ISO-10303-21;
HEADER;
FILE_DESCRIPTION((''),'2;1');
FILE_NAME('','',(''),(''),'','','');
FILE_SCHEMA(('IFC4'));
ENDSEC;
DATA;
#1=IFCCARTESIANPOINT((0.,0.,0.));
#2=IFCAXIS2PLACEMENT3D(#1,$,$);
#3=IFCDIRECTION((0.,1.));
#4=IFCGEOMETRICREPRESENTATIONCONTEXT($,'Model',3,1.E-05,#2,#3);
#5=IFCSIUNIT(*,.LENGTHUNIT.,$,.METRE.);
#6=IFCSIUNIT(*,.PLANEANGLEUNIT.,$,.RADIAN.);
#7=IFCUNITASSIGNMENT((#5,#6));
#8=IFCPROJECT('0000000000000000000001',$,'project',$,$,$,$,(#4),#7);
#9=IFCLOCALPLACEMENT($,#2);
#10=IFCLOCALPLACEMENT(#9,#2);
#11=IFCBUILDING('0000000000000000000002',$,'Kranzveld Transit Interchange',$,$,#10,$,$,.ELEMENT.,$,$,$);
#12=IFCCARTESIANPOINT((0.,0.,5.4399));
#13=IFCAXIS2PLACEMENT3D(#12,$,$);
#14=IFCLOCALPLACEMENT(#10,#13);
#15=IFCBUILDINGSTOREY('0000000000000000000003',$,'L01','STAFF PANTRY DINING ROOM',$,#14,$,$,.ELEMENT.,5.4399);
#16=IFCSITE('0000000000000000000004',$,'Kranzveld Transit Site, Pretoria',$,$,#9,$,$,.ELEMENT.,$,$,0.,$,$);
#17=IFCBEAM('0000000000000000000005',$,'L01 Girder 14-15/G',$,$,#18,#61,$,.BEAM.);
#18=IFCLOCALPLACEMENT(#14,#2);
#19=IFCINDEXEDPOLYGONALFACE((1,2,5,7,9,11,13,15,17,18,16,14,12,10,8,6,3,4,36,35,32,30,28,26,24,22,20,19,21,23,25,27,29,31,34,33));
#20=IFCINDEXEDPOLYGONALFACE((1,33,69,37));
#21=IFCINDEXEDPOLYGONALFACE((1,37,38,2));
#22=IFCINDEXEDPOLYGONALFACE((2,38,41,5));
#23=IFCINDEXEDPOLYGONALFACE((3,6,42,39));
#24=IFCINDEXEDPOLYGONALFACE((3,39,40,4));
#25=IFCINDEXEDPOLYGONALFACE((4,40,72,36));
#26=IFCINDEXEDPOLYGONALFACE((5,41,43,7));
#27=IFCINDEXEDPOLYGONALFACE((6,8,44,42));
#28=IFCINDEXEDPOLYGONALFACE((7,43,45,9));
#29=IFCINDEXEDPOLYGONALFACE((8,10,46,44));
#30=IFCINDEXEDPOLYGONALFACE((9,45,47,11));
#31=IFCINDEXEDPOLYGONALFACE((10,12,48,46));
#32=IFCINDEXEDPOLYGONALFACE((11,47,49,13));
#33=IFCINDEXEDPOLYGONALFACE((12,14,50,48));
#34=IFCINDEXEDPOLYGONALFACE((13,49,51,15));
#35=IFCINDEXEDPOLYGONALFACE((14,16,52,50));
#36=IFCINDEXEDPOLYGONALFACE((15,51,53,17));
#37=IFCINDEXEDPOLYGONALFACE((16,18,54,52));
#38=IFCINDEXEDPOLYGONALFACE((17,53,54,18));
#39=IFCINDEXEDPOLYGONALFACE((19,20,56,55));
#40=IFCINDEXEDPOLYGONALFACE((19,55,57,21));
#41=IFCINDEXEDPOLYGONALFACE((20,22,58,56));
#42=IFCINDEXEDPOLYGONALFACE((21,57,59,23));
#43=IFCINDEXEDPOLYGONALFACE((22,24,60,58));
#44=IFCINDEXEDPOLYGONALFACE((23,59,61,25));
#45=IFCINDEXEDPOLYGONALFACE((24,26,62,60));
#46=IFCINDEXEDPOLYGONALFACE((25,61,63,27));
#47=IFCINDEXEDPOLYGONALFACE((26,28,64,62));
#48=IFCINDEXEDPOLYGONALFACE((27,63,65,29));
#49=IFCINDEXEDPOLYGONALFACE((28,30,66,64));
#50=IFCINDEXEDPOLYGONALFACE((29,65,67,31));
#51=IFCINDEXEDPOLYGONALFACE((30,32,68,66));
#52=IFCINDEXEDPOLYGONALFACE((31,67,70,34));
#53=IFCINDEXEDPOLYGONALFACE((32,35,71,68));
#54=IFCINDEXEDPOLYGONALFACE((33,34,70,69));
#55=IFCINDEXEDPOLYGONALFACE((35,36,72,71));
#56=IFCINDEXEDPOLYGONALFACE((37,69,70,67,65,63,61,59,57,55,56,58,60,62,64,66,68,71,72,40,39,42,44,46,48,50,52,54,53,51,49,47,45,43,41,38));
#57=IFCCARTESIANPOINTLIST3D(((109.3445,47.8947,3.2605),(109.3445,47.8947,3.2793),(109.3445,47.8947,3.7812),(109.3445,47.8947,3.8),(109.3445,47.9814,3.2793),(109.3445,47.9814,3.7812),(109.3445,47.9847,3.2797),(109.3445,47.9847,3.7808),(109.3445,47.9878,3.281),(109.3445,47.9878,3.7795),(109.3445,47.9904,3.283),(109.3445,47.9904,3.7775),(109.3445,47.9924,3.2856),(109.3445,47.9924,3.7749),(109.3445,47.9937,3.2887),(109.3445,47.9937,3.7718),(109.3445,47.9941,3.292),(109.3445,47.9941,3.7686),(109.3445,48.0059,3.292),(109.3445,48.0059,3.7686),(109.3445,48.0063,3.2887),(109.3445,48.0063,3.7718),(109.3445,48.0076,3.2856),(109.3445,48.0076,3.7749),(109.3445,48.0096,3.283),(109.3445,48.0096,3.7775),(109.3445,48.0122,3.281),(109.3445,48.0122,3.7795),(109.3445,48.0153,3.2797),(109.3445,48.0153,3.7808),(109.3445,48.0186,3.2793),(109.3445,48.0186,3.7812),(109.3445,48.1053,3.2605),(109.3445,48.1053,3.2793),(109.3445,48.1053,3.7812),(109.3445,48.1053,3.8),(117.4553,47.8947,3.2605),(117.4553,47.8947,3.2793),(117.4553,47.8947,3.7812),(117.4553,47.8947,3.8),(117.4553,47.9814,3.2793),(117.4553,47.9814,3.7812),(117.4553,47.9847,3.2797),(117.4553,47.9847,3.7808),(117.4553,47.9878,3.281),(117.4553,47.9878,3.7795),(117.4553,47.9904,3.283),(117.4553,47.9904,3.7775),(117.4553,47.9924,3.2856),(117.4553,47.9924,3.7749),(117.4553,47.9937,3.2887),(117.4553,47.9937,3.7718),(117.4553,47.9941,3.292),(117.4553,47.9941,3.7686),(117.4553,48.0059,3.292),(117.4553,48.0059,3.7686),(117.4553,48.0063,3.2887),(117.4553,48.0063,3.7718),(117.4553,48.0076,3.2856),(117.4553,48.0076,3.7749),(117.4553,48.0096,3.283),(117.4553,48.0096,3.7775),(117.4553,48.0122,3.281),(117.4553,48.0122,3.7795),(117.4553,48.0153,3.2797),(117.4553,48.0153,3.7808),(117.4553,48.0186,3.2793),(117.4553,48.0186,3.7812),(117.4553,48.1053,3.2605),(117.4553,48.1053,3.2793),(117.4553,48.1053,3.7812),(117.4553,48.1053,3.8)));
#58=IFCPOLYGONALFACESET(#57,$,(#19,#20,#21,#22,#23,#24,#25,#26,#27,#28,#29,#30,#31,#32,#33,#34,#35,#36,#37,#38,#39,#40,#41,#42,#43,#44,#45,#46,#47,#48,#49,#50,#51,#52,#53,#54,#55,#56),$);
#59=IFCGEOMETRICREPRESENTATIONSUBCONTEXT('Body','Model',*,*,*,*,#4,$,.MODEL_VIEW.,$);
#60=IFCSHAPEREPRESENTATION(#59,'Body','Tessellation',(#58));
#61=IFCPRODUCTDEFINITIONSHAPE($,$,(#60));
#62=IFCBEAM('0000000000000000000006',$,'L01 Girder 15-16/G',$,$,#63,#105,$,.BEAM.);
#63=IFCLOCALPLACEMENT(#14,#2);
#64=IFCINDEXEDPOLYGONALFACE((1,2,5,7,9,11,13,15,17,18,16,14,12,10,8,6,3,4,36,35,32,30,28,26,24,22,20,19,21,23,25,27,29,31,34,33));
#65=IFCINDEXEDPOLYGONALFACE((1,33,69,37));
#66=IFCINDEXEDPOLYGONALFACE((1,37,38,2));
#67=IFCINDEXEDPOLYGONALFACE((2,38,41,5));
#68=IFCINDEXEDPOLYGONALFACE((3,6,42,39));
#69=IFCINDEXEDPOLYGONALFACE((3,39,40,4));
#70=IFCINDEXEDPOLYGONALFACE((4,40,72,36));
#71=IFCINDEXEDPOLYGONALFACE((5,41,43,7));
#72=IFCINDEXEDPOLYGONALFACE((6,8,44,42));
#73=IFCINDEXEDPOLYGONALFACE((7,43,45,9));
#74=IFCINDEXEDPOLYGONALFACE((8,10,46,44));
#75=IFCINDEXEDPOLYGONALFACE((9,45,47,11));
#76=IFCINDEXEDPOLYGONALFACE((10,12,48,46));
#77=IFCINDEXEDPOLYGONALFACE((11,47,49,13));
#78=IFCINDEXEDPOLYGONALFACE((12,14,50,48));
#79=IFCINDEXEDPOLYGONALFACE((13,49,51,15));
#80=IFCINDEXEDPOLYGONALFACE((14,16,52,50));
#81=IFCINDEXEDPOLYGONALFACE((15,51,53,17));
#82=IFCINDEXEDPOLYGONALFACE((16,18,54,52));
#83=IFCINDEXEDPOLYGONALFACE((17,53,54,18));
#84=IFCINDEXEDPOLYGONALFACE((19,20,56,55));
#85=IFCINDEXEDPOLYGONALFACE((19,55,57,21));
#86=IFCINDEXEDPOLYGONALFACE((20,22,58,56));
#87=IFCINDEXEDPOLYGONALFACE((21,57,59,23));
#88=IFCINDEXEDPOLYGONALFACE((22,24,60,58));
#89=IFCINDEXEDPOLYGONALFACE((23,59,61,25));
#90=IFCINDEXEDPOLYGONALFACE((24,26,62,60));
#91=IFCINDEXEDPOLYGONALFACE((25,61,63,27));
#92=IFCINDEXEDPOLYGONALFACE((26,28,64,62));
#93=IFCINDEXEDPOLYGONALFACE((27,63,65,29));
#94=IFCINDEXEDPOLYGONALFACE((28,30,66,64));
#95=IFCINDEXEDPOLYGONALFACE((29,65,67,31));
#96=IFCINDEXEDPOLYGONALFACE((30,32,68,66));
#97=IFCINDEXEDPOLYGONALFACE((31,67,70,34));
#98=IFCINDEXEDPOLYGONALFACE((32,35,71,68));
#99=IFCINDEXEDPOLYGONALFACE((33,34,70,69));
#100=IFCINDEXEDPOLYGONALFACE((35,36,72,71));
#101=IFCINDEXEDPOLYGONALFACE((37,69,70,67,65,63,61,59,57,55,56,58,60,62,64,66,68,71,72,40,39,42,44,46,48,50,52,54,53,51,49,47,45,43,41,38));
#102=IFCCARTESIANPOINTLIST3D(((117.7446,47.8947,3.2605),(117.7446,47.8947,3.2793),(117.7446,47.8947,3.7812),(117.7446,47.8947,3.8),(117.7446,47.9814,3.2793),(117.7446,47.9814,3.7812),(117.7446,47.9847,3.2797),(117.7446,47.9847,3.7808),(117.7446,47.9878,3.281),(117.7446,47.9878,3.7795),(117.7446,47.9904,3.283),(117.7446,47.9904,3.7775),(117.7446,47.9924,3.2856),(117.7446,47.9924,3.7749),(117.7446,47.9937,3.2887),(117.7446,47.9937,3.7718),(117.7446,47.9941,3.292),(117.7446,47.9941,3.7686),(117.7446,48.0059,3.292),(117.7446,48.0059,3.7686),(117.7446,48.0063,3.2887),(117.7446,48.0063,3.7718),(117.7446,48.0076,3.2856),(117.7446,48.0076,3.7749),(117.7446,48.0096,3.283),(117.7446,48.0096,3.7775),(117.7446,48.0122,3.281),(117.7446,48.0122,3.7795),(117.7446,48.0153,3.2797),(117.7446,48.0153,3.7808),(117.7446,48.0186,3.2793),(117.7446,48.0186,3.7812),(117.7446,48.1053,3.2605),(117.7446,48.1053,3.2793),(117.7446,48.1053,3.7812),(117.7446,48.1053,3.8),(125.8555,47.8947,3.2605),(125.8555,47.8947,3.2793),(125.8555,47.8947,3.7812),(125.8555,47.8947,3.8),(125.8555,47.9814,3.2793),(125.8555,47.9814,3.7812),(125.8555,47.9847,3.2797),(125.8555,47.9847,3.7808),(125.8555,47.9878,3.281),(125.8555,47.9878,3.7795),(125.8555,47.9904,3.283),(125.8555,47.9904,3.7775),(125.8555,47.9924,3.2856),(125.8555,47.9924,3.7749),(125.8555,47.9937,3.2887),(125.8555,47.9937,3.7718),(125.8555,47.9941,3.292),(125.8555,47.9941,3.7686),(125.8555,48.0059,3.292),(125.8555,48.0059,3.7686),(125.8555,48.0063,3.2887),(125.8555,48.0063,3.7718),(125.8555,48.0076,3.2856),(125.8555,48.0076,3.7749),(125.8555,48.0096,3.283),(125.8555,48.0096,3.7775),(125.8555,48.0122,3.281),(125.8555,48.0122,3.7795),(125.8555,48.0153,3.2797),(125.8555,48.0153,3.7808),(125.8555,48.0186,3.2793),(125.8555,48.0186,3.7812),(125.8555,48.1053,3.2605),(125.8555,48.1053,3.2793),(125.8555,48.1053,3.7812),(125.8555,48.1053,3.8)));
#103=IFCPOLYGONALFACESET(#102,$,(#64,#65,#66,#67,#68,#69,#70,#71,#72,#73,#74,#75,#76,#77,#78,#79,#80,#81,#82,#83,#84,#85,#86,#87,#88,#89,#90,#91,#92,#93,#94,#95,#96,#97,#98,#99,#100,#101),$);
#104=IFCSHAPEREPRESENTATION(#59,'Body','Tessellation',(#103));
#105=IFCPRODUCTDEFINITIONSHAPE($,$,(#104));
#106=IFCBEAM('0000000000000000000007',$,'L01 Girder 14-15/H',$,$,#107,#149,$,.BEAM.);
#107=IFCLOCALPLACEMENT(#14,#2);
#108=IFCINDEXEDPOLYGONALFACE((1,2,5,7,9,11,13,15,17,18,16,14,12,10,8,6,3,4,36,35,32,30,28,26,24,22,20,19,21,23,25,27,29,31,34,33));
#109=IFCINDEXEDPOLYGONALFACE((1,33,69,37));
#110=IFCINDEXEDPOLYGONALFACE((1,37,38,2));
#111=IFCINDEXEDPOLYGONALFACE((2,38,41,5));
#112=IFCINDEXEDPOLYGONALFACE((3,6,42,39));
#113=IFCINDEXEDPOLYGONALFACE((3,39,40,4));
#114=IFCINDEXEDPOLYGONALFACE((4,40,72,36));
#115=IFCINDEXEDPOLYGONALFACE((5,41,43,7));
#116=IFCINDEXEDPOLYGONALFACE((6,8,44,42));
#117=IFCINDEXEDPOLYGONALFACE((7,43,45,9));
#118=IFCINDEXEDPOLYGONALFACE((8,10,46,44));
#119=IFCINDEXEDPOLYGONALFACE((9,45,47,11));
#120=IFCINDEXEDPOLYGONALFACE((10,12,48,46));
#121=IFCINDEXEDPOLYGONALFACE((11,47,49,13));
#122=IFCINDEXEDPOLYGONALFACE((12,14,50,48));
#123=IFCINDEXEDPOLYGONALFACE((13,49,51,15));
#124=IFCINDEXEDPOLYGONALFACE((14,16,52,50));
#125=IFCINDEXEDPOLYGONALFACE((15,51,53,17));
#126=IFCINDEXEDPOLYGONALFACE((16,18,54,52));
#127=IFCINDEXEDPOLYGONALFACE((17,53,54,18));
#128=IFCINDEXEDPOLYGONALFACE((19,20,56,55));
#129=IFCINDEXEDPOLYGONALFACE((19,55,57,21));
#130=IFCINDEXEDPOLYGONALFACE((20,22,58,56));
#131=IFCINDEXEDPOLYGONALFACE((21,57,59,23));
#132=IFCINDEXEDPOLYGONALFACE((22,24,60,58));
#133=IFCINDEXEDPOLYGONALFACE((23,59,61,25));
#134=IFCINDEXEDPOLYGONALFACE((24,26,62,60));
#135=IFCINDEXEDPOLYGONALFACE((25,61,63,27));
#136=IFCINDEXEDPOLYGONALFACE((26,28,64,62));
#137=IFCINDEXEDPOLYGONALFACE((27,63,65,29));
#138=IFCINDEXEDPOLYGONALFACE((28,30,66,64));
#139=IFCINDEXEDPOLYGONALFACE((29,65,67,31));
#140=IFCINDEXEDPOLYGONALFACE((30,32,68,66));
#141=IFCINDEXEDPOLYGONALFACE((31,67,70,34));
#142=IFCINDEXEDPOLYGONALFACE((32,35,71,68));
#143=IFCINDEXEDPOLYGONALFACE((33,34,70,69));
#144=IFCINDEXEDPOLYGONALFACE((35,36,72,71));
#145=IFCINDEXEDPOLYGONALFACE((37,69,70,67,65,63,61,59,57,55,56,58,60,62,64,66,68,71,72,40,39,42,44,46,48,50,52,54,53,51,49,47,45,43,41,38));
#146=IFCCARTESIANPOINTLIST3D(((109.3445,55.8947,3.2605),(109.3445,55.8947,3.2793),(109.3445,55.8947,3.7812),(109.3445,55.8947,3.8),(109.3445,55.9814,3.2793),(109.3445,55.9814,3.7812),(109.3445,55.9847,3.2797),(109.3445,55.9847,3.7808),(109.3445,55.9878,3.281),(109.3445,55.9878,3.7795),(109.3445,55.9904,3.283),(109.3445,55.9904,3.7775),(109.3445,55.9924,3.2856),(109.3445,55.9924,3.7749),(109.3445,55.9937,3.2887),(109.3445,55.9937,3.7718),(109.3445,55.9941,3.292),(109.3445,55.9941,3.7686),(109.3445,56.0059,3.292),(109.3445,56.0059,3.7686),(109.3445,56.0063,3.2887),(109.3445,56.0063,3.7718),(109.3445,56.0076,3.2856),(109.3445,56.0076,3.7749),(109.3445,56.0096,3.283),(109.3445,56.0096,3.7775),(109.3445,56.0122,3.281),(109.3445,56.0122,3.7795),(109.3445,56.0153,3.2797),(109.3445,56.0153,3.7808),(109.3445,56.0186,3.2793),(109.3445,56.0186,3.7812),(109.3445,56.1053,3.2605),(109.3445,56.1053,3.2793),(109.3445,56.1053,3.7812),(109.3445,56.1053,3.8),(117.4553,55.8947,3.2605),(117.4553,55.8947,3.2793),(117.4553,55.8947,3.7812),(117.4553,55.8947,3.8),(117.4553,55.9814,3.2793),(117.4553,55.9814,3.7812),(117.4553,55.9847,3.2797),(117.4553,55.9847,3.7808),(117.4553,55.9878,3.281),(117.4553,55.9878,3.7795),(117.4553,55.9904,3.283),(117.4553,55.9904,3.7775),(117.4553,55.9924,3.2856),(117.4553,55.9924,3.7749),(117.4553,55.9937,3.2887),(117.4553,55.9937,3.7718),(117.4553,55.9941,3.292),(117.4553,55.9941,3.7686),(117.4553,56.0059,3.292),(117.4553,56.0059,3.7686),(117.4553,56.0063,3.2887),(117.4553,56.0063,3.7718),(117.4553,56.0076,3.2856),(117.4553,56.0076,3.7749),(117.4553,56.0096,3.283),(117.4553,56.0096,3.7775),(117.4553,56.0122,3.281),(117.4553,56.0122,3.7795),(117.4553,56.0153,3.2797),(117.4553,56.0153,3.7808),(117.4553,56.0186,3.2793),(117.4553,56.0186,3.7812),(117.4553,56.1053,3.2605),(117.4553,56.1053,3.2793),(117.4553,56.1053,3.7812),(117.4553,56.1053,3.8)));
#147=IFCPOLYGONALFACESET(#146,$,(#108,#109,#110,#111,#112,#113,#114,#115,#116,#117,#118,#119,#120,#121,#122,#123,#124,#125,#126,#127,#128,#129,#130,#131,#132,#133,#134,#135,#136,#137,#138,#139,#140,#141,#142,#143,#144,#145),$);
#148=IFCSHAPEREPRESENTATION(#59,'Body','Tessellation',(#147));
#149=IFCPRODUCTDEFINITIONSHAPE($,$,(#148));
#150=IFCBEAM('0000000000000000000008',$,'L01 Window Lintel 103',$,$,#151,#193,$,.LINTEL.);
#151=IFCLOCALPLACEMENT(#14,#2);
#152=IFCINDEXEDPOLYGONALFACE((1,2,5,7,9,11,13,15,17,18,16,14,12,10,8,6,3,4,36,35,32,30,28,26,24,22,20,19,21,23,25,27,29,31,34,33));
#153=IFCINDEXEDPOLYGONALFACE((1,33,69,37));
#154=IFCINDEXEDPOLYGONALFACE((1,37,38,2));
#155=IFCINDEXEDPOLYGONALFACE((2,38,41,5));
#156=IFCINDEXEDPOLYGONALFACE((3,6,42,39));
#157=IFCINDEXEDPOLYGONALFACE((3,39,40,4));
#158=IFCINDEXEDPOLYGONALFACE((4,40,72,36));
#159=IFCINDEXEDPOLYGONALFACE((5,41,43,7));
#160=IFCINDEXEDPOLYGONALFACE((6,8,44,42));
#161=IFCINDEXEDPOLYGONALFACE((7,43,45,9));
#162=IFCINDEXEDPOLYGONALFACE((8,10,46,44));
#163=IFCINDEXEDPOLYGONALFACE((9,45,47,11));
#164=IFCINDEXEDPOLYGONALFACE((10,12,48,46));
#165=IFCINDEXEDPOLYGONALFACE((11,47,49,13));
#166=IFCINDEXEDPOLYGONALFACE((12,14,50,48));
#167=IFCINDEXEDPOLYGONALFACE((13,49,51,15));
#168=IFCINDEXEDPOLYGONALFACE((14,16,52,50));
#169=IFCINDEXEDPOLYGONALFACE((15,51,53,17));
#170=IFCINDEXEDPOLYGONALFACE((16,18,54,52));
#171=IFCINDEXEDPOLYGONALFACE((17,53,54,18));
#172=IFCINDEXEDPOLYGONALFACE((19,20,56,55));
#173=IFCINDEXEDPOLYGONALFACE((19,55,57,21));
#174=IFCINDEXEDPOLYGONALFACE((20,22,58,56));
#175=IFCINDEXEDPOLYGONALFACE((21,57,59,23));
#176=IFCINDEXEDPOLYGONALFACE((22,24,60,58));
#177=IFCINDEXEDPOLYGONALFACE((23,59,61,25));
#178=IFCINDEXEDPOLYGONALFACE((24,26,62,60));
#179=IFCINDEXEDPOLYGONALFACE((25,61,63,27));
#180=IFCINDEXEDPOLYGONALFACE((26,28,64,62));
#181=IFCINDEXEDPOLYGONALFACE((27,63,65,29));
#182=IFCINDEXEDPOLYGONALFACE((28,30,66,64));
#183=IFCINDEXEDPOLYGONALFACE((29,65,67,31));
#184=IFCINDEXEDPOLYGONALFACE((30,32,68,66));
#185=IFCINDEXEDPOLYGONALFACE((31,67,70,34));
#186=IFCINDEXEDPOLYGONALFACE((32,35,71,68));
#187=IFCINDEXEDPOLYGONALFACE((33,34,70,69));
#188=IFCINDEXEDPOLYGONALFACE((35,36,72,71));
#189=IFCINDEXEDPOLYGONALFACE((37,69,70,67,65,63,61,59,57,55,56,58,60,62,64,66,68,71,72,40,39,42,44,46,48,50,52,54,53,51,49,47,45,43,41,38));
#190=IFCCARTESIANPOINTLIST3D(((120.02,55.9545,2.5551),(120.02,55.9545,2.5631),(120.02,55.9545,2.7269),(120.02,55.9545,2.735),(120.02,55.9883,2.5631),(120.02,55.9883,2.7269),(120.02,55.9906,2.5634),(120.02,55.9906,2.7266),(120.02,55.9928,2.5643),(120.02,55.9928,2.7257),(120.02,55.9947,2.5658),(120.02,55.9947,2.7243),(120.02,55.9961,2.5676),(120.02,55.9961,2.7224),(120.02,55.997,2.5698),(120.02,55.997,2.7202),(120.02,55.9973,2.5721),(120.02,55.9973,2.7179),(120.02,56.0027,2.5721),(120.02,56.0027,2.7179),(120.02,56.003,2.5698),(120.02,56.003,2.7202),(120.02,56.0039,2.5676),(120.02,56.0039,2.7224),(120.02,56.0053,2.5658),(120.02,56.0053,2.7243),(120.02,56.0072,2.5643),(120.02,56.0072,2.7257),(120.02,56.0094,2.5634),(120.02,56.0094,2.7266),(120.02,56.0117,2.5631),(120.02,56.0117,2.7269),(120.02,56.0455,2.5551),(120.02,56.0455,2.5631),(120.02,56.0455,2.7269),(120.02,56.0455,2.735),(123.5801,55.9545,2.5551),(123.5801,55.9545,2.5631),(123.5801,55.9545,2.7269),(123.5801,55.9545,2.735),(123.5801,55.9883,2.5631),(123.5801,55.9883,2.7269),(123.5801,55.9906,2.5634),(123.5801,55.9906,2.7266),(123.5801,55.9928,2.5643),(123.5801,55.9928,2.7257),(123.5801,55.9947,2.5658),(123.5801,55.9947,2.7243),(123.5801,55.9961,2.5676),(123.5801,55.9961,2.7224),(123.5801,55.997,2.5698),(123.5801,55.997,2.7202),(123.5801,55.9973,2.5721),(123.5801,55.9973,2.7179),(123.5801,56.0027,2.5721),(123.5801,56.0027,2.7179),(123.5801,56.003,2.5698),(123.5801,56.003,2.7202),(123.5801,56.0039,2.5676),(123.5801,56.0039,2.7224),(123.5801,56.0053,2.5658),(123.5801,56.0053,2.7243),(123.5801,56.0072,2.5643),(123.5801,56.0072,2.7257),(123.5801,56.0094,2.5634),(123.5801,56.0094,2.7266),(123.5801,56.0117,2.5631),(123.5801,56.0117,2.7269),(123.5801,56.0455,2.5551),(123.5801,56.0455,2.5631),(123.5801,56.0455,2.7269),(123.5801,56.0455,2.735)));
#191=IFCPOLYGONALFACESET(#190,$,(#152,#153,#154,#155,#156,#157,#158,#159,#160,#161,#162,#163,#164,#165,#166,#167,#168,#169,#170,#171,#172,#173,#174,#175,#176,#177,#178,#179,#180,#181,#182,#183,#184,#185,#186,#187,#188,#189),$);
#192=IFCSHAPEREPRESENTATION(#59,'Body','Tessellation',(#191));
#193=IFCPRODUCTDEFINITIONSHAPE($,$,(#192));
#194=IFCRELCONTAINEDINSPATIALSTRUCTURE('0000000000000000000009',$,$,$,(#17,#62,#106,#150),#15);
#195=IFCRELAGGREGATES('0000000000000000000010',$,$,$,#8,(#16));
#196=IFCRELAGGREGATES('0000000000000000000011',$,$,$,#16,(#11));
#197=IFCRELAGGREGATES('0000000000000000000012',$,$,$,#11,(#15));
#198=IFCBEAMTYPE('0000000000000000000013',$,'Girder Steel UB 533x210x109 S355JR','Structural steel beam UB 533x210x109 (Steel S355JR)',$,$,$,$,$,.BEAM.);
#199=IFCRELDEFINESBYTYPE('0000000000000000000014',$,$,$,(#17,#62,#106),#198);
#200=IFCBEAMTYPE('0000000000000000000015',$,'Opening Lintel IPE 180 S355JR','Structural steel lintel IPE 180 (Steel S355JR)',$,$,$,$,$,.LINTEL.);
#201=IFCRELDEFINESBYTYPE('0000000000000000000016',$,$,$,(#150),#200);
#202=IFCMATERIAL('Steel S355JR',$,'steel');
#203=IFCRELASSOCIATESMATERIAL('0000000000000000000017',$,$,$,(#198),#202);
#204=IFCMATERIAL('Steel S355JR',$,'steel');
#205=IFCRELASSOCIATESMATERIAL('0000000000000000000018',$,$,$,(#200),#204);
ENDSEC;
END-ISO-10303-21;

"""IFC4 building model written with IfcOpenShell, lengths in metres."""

from ifc_helpers import new_model, si_unit, direction, frame, origin, origin_2d, place, context, subcontext, project, spatial, i_section, extrude, material, material_profile, profile_set, type_object, element, save


model = new_model("IFC4")

# Units and contexts
model_context = context("Model", 3, precision=1e-05, world=origin(), true_north=direction((0.0, 1.0)))
body_context = subcontext(model_context, "Body", "Model", "MODEL_VIEW")
ifc_project = project(units=[si_unit("LENGTHUNIT", "METRE"), si_unit("PLANEANGLEUNIT", "RADIAN")], contexts=[model_context])

# Site, building, storey
site_placement = place(None, origin())
site = spatial("IfcSite", under=ifc_project, at=site_placement, Name="Kranzveld Transit Site, Pretoria", CompositionType="ELEMENT", RefElevation=0.0)
building_placement = place(site_placement, origin())
building = spatial("IfcBuilding", under=site, at=building_placement, Name="Kranzveld Transit Interchange", CompositionType="ELEMENT")
storey_placement = place(building_placement, frame((0.0, 0.0, 5.4399)))
storey = spatial("IfcBuildingStorey", under=building, at=storey_placement, Name="L01", Description="STAFF PANTRY DINING ROOM", CompositionType="ELEMENT", Elevation=5.4399)

# Beams
ifc_material_1 = material(Name="Steel S355JR", Category="steel")
ifc_material_profile_1 = material_profile(ifc_material_1, i_section(OverallWidth=0.2107, OverallDepth=0.5396, WebThickness=0.0117, FlangeThickness=0.0188, FilletRadius=0.0127, at=origin_2d()), Name="UB 533x210x109")
ifc_profile_set_1 = profile_set([ifc_material_profile_1], Name="Steel S355JR")
beam_type_1 = type_object("IfcBeamType", Name="Girder Steel UB 533x210x109 S355JR", Description="Structural steel beam UB 533x210x109 (Steel S355JR)", PredefinedType="BEAM", material=ifc_profile_set_1)
for number, where, z_axis, x_axis, name in (
    (1, (109.3445, 48.0, 3.5303), (1.0, 0.0, 0.0), (0.0, 1.0, 0.0), "L01 Girder 14-15/G"),
    (2, (117.7446, 48.0, 3.5303), (1.0, 0.0, 0.0), (0.0, 1.0, 0.0), "L01 Girder 15-16/G"),
    (3, (109.3445, 56.0, 3.5303), (1.0, 0.0, 0.0), (0.0, 1.0, 0.0), "L01 Girder 14-15/H"),
):
    element("IfcBeam", number, at=place(storey_placement, frame(where, z_axis=z_axis, x_axis=x_axis)), inside=storey, type_object=beam_type_1, Name=name, PredefinedType="BEAM", context=body_context, shape_type="SweptSolid", body=[
        extrude(i_section(OverallWidth=0.2107, OverallDepth=0.5396, WebThickness=0.0117, FlangeThickness=0.0188, FilletRadius=0.0127, at=origin_2d()), origin(), (0.0, 0.0, 1.0), 8.1108),
    ])
ifc_material_2 = material(Name="Steel S355JR", Category="steel")
ifc_material_profile_2 = material_profile(ifc_material_2, i_section(OverallWidth=0.0911, OverallDepth=0.1799, WebThickness=0.0054, FlangeThickness=0.0081, FilletRadius=0.009, at=origin_2d()), Name="IPE 180")
ifc_profile_set_2 = profile_set([ifc_material_profile_2], Name="Steel S355JR")
beam_type_2 = type_object("IfcBeamType", Name="Opening Lintel IPE 180 S355JR", Description="Structural steel lintel IPE 180 (Steel S355JR)", PredefinedType="LINTEL", material=ifc_profile_set_2)
beam_1_placement = place(storey_placement, frame((120.02, 56.0, 2.645), z_axis=(1.0, 0.0, 0.0), x_axis=(0.0, 1.0, 0.0)))
element("IfcBeam", 4, at=beam_1_placement, inside=storey, type_object=beam_type_2, Name="L01 Window Lintel 103", PredefinedType="LINTEL", context=body_context, shape_type="SweptSolid", body=[
    extrude(i_section(OverallWidth=0.0911, OverallDepth=0.1799, WebThickness=0.0054, FlangeThickness=0.0081, FilletRadius=0.009, at=origin_2d()), origin(), (0.0, 0.0, 1.0), 3.5601),
])

save(model, "model.ifc")
